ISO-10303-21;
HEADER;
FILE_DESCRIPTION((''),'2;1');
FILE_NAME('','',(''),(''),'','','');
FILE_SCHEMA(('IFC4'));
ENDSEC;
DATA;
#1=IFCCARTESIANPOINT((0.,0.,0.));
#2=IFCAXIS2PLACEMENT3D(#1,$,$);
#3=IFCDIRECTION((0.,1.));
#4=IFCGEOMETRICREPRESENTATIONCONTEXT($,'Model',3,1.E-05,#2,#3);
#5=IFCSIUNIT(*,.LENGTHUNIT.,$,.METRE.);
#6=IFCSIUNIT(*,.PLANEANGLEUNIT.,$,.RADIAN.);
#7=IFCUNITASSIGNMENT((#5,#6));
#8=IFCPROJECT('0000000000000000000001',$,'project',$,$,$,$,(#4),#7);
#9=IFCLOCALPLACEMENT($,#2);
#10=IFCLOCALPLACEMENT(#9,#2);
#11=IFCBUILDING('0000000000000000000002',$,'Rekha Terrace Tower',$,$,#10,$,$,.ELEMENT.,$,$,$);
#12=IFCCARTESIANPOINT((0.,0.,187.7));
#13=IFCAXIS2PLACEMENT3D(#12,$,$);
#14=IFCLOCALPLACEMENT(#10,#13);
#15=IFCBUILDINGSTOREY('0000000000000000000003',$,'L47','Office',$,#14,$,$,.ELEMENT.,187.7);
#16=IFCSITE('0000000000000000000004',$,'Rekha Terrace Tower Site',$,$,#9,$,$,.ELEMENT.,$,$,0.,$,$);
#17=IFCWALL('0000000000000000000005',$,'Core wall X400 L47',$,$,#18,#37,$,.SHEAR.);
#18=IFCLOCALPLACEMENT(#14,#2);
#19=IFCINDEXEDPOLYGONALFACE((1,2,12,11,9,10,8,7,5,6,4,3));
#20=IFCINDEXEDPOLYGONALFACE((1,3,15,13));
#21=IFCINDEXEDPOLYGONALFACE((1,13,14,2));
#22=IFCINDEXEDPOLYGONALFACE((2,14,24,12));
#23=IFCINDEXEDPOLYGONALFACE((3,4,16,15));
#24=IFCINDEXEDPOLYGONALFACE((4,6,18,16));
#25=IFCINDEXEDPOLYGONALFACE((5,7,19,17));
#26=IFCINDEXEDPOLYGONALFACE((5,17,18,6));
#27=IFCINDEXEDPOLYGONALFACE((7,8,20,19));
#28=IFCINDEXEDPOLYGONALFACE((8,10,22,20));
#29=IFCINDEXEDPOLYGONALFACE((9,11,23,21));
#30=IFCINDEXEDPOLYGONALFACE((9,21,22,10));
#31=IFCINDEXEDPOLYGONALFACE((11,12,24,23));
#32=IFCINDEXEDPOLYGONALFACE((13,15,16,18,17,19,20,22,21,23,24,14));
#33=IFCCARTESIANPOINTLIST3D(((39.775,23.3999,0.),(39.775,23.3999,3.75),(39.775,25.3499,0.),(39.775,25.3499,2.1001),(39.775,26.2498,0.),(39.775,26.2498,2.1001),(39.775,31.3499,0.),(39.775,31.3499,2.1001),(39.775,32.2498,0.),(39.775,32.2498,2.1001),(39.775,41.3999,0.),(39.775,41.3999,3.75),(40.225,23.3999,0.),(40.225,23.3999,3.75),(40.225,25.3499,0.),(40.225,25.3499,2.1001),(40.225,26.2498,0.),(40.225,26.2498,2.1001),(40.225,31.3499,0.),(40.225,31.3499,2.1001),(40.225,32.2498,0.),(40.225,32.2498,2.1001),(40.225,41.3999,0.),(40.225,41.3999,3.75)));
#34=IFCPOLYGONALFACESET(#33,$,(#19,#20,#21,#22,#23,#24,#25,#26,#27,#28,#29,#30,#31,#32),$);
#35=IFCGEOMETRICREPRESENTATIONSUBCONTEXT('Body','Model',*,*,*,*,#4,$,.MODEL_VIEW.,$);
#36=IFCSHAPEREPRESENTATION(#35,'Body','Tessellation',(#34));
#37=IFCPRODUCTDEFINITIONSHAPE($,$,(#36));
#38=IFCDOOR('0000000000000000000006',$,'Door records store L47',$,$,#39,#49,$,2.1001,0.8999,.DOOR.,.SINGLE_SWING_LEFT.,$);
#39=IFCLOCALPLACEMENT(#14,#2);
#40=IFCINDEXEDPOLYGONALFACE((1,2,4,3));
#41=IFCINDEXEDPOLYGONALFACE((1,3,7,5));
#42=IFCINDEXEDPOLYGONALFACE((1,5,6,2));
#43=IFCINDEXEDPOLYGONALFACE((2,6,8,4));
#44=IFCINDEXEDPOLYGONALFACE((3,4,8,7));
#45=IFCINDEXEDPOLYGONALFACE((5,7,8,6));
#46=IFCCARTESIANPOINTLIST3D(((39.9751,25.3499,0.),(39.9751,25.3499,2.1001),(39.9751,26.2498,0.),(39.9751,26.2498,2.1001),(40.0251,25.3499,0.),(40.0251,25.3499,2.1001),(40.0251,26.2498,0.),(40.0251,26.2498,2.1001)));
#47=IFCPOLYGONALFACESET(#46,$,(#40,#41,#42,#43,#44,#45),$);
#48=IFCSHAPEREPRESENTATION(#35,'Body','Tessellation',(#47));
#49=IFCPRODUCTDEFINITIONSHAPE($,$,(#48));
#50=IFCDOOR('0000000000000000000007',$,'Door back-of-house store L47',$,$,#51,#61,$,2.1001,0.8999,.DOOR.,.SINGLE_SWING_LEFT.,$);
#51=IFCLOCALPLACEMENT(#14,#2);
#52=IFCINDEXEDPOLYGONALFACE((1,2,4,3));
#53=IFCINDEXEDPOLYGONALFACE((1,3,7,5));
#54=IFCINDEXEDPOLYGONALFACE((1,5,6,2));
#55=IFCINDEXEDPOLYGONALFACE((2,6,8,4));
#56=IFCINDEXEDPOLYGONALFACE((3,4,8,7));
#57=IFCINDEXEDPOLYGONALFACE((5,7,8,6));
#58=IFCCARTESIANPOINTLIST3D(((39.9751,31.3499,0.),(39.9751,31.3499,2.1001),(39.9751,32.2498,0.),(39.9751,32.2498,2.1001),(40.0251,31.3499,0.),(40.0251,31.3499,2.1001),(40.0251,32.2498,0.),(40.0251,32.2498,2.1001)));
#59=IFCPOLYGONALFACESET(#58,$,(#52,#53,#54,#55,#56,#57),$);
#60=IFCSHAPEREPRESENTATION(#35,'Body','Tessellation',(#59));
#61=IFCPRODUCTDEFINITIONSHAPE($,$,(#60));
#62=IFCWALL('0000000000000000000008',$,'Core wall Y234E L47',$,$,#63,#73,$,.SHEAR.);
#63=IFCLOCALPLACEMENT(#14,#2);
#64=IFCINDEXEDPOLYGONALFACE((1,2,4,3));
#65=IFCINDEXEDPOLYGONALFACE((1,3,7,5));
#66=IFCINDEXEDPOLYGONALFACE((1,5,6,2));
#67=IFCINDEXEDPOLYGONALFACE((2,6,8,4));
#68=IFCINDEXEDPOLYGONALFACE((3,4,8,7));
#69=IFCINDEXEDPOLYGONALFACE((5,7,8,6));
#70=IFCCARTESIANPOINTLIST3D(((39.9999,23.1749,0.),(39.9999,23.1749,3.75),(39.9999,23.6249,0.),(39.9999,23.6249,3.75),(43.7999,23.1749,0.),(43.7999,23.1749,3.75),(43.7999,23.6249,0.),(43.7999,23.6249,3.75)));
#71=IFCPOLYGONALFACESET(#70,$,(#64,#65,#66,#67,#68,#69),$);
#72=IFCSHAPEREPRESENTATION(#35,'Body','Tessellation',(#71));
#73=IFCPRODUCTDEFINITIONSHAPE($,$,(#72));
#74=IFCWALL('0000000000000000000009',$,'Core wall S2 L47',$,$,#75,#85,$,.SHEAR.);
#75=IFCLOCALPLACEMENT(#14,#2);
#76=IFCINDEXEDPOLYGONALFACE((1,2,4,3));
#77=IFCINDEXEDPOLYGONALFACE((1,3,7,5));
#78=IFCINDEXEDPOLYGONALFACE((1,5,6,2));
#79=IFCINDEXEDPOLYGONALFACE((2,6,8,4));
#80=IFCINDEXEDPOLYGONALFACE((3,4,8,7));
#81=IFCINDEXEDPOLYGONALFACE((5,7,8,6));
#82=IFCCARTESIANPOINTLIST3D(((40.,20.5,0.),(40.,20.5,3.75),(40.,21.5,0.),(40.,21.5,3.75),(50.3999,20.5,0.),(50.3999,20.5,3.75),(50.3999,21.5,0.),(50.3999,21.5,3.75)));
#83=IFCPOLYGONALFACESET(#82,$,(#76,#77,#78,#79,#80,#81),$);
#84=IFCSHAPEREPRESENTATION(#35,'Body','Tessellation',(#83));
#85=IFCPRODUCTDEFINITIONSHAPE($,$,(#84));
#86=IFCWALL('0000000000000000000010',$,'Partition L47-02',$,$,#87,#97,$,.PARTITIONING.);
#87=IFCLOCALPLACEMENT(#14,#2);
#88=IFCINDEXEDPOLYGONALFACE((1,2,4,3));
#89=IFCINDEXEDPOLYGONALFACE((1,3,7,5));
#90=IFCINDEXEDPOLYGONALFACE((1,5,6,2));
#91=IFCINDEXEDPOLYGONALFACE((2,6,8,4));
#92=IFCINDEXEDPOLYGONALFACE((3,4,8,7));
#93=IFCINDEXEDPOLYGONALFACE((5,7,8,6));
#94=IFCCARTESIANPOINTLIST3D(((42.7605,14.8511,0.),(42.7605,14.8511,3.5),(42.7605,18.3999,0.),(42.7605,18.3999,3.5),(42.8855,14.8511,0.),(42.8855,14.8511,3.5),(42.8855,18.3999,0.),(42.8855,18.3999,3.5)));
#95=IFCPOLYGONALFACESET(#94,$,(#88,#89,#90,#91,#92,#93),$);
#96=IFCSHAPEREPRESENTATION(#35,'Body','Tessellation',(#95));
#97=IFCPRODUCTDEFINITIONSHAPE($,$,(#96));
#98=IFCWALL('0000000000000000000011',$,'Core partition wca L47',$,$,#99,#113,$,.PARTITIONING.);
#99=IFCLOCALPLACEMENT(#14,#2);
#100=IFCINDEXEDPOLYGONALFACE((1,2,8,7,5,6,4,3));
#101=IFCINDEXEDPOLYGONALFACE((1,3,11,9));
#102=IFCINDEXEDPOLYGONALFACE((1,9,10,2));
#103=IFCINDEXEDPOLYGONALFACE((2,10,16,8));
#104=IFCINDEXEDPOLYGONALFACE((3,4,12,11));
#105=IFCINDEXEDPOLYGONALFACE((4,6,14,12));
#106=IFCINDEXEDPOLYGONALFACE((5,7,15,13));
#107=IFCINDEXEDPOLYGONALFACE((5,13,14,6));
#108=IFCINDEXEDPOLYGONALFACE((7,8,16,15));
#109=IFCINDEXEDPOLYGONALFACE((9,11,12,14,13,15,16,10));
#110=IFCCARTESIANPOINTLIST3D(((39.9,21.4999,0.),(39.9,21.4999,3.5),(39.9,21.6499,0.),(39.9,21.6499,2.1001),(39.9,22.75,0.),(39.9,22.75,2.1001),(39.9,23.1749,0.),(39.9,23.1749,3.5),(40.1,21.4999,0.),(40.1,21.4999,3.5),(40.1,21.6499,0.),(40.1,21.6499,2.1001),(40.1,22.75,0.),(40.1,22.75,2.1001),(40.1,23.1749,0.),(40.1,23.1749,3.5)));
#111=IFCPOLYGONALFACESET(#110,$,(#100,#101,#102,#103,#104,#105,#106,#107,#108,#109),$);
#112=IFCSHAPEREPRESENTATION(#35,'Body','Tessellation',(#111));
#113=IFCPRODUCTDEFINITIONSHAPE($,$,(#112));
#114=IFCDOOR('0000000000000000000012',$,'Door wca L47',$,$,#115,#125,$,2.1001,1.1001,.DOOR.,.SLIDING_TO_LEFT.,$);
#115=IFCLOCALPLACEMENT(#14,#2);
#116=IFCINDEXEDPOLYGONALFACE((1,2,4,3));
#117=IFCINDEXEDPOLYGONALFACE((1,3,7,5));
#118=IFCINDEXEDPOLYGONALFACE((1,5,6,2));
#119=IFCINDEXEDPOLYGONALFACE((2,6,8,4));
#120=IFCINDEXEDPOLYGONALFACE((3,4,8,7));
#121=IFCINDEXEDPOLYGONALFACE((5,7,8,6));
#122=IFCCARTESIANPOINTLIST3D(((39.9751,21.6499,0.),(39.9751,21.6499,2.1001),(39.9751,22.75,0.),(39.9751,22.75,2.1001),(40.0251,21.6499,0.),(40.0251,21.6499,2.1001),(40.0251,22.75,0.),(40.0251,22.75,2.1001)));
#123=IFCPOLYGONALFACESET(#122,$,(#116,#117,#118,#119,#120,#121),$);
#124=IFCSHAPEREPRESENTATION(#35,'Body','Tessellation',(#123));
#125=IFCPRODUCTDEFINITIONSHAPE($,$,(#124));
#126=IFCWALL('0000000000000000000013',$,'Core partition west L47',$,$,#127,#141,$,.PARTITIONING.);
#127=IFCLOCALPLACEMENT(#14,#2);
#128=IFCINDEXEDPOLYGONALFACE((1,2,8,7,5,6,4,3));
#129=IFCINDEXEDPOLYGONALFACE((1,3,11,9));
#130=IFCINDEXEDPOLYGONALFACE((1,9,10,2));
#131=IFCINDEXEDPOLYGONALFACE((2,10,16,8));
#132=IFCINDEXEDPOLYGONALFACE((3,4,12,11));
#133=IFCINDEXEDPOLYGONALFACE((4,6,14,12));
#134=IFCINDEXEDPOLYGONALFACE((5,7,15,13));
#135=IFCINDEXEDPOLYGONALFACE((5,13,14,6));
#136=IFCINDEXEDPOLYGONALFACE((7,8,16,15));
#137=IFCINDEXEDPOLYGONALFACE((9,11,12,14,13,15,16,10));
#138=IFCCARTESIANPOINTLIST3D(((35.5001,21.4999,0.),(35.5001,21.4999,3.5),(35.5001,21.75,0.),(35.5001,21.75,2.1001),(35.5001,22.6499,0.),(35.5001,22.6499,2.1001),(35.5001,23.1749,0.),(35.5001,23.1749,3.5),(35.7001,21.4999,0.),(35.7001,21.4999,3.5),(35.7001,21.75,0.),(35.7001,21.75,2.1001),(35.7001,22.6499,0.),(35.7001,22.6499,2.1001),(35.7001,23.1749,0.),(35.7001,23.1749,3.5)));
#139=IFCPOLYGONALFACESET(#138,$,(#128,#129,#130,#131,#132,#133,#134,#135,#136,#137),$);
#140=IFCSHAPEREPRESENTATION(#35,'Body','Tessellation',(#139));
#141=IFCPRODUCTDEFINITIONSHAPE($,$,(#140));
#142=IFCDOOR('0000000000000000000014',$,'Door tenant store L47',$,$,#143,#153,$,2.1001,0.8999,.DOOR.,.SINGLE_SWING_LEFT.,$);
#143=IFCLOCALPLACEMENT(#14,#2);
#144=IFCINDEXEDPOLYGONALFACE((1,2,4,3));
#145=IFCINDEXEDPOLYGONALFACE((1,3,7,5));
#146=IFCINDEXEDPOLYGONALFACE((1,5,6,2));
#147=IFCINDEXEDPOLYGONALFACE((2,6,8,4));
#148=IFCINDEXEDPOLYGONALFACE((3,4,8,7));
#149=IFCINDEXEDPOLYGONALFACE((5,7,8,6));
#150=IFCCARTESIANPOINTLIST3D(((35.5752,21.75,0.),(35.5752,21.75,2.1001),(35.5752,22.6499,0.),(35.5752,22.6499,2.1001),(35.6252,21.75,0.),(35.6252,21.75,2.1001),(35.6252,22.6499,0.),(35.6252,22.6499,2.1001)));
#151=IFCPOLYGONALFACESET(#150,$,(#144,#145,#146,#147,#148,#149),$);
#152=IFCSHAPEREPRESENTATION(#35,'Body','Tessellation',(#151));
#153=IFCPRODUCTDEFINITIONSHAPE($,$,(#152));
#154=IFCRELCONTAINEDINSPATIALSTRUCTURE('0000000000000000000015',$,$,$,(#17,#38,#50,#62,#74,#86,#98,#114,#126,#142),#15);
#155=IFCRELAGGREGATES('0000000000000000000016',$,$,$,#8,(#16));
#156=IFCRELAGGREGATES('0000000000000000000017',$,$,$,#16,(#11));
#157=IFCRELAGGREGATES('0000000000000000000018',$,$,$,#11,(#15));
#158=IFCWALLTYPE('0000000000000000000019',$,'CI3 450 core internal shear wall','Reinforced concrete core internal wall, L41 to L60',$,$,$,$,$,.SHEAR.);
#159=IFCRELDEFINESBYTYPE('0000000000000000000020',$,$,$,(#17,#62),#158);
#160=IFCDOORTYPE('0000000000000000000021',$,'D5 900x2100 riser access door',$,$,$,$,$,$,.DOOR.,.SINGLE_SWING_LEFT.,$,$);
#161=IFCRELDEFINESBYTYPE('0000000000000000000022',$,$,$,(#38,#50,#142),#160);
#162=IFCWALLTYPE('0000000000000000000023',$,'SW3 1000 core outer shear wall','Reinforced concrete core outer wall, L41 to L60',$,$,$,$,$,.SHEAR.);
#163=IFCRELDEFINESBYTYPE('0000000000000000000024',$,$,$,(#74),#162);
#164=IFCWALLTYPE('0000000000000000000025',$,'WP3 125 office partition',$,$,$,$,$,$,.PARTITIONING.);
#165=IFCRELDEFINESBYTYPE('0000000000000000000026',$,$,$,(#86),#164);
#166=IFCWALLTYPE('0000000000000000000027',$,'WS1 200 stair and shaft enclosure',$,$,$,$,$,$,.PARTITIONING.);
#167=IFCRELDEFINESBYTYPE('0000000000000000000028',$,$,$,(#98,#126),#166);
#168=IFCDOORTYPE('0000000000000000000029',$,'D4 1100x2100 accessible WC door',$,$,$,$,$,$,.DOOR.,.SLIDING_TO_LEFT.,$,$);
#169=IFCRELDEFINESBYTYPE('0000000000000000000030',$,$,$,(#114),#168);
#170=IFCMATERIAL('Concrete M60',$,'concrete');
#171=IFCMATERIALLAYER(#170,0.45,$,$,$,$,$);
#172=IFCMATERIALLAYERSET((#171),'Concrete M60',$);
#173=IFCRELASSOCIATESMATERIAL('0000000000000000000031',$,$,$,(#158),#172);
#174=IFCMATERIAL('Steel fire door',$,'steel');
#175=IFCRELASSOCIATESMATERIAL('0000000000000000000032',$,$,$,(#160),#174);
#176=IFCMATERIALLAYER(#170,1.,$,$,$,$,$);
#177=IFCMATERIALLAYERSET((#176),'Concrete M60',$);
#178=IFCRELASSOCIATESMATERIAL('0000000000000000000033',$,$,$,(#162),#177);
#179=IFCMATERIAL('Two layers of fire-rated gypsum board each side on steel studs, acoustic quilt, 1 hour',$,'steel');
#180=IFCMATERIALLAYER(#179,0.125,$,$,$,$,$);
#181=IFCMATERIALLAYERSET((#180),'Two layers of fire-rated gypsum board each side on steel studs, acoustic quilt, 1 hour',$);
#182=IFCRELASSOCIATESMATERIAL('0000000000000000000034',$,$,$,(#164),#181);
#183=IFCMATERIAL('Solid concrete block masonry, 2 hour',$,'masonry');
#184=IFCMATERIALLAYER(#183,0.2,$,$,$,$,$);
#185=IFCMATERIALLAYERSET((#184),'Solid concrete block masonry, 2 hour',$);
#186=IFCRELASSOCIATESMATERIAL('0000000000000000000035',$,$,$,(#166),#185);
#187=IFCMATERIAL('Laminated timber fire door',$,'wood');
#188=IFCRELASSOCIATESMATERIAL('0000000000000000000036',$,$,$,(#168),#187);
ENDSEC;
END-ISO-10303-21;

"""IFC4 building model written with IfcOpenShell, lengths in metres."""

from ifc_helpers import new_model, si_unit, direction, frame, frame_2d, origin, place, context, subcontext, project, spatial, rectangle, extrude, material, layer, layer_set, type_object, element, fill, save


model = new_model("IFC4")

# Units and contexts
model_context = context("Model", 3, precision=1e-05, world=origin(), true_north=direction((0.0, 1.0)))
body_context = subcontext(model_context, "Body", "Model", "MODEL_VIEW")
ifc_project = project(units=[si_unit("LENGTHUNIT", "METRE"), si_unit("PLANEANGLEUNIT", "RADIAN")], contexts=[model_context])

# Site, building, storey
site_placement = place(None, origin())
site = spatial("IfcSite", under=ifc_project, at=site_placement, Name="Rekha Terrace Tower Site", CompositionType="ELEMENT", RefElevation=0.0)
building_placement = place(site_placement, origin())
building = spatial("IfcBuilding", under=site, at=building_placement, Name="Rekha Terrace Tower", CompositionType="ELEMENT")
storey_placement = place(building_placement, frame((0.0, 0.0, 187.7)))
storey = spatial("IfcBuildingStorey", under=building, at=storey_placement, Name="L47", Description="Office", CompositionType="ELEMENT", Elevation=187.7)

# Shared definitions
ifc_material_1 = material(Name="Concrete M60", Category="concrete")

# Wall, openings, doors
ifc_layer_1 = layer(ifc_material_1, 0.45)
ifc_layer_set_1 = layer_set([ifc_layer_1], Name="Concrete M60")
wall_type_1 = type_object("IfcWallType", Name="CI3 450 core internal shear wall", Description="Reinforced concrete core internal wall, L41 to L60", PredefinedType="SHEAR", material=ifc_layer_set_1)
wall_1_placement = place(storey_placement, frame((40.0, 23.3999, 0.0), z_axis=(0.0, 0.0, 1.0), x_axis=(0.0, 1.0, 0.0)))
wall_1 = element("IfcWall", 1, at=wall_1_placement, inside=storey, type_object=wall_type_1, Name="Core wall X400 L47", PredefinedType="SHEAR", context=body_context, shape_type="SweptSolid", body=[
    extrude(rectangle(XDim=18.0, YDim=0.45, at=frame_2d((9.0, 0.0))), origin(), (0.0, 0.0, 1.0), 3.75),
])
opening_1_placement = place(wall_1_placement, frame((1.95, 0.0, 0.0)))
opening_1 = element("IfcOpeningElement", 2, at=opening_1_placement, cuts=wall_1, PredefinedType="OPENING", context=body_context, shape_type="SweptSolid", body=[
    extrude(rectangle(XDim=0.8999, YDim=2.1001, at=frame_2d((0.45, 1.05))), frame((0.0, 0.2349, 0.0), z_axis=(0.0, -1.0, 0.0), x_axis=(1.0, 0.0, 0.0)), (0.0, 0.0, 1.0), 0.47),
])
opening_2_placement = place(wall_1_placement, frame((7.95, 0.0, 0.0)))
opening_2 = element("IfcOpeningElement", 3, at=opening_2_placement, cuts=wall_1, PredefinedType="OPENING", context=body_context, shape_type="SweptSolid", body=[
    extrude(rectangle(XDim=0.8999, YDim=2.1001, at=frame_2d((0.45, 1.05))), frame((0.0, 0.2349, 0.0), z_axis=(0.0, -1.0, 0.0), x_axis=(1.0, 0.0, 0.0)), (0.0, 0.0, 1.0), 0.47),
])
ifc_material_2 = material(Name="Steel fire door", Category="steel")
door_type_1 = type_object("IfcDoorType", Name="D5 900x2100 riser access door", OperationType="SINGLE_SWING_LEFT", PredefinedType="DOOR", material=ifc_material_2)
door_1_placement = place(opening_1_placement, origin())
door_1 = element("IfcDoor", 4, at=door_1_placement, inside=storey, type_object=door_type_1, Name="Door records store L47", OperationType="SINGLE_SWING_LEFT", OverallHeight=2.1001, OverallWidth=0.8999, PredefinedType="DOOR", context=body_context, shape_type="SweptSolid", body=[
    extrude(rectangle(XDim=0.8999, YDim=2.1001, at=frame_2d((0.45, 1.05))), frame((0.0, 0.0249, 0.0), z_axis=(0.0, -1.0, 0.0), x_axis=(1.0, 0.0, 0.0)), (0.0, 0.0, 1.0), 0.05),
])
fill(opening_1, door_1)
door_2_placement = place(opening_2_placement, origin())
door_2 = element("IfcDoor", 5, at=door_2_placement, inside=storey, type_object=door_type_1, Name="Door back-of-house store L47", OperationType="SINGLE_SWING_LEFT", OverallHeight=2.1001, OverallWidth=0.8999, PredefinedType="DOOR", context=body_context, shape_type="SweptSolid", body=[
    extrude(rectangle(XDim=0.8999, YDim=2.1001, at=frame_2d((0.45, 1.05))), frame((0.0, 0.0249, 0.0), z_axis=(0.0, -1.0, 0.0), x_axis=(1.0, 0.0, 0.0)), (0.0, 0.0, 1.0), 0.05),
])
fill(opening_2, door_2)

# Walls
wall_2_placement = place(storey_placement, frame((40.0, 23.3999, 0.0), z_axis=(0.0, 0.0, 1.0), x_axis=(1.0, 0.0, 0.0)))
element("IfcWall", 6, at=wall_2_placement, inside=storey, type_object=wall_type_1, Name="Core wall Y234E L47", PredefinedType="SHEAR", context=body_context, shape_type="SweptSolid", body=[
    extrude(rectangle(XDim=3.8, YDim=0.45, at=frame_2d((1.8999, 0.0))), origin(), (0.0, 0.0, 1.0), 3.75),
])
ifc_layer_2 = layer(ifc_material_1, 1.0)
ifc_layer_set_2 = layer_set([ifc_layer_2], Name="Concrete M60")
wall_type_2 = type_object("IfcWallType", Name="SW3 1000 core outer shear wall", Description="Reinforced concrete core outer wall, L41 to L60", PredefinedType="SHEAR", material=ifc_layer_set_2)
wall_3_placement = place(storey_placement, frame((40.0, 21.0, 0.0), z_axis=(0.0, 0.0, 1.0), x_axis=(1.0, 0.0, 0.0)))
element("IfcWall", 7, at=wall_3_placement, inside=storey, type_object=wall_type_2, Name="Core wall S2 L47", PredefinedType="SHEAR", context=body_context, shape_type="SweptSolid", body=[
    extrude(rectangle(XDim=10.3999, YDim=1.0, at=frame_2d((5.2, 0.0))), origin(), (0.0, 0.0, 1.0), 3.75),
])
ifc_material_3 = material(Name="Two layers of fire-rated gypsum board each side on steel studs, acoustic quilt, 1 hour", Category="steel")
ifc_layer_3 = layer(ifc_material_3, 0.125)
ifc_layer_set_3 = layer_set([ifc_layer_3], Name="Two layers of fire-rated gypsum board each side on steel studs, acoustic quilt, 1 hour")
wall_type_3 = type_object("IfcWallType", Name="WP3 125 office partition", PredefinedType="PARTITIONING", material=ifc_layer_set_3)
wall_4_placement = place(storey_placement, frame((42.823, 18.3999, 0.0), z_axis=(0.0, 0.0, 1.0), x_axis=(0.0, -1.0, 0.0)))
element("IfcWall", 8, at=wall_4_placement, inside=storey, type_object=wall_type_3, Name="Partition L47-02", PredefinedType="PARTITIONING", context=body_context, shape_type="SweptSolid", body=[
    extrude(rectangle(XDim=3.5488, YDim=0.125, at=frame_2d((1.7744, 0.0))), origin(), (0.0, 0.0, 1.0), 3.5),
])

# Walls, openings, doors
ifc_material_4 = material(Name="Solid concrete block masonry, 2 hour", Category="masonry")
ifc_layer_4 = layer(ifc_material_4, 0.2)
ifc_layer_set_4 = layer_set([ifc_layer_4], Name="Solid concrete block masonry, 2 hour")
wall_type_4 = type_object("IfcWallType", Name="WS1 200 stair and shaft enclosure", PredefinedType="PARTITIONING", material=ifc_layer_set_4)
wall_5_placement = place(storey_placement, frame((40.0, 21.5, 0.0), z_axis=(0.0, 0.0, 1.0), x_axis=(0.0, 1.0, 0.0)))
wall_5 = element("IfcWall", 9, at=wall_5_placement, inside=storey, type_object=wall_type_4, Name="Core partition wca L47", PredefinedType="PARTITIONING", context=body_context, shape_type="SweptSolid", body=[
    extrude(rectangle(XDim=1.675, YDim=0.2, at=frame_2d((0.8374, 0.0))), origin(), (0.0, 0.0, 1.0), 3.5),
])
opening_3_placement = place(wall_5_placement, frame((0.1499, 0.0, 0.0)))
opening_3 = element("IfcOpeningElement", 10, at=opening_3_placement, cuts=wall_5, PredefinedType="OPENING", context=body_context, shape_type="SweptSolid", body=[
    extrude(rectangle(XDim=1.1001, YDim=2.1001, at=frame_2d((0.55, 1.05))), frame((0.0, 0.1099, 0.0), z_axis=(0.0, -1.0, 0.0), x_axis=(1.0, 0.0, 0.0)), (0.0, 0.0, 1.0), 0.22),
])
ifc_material_5 = material(Name="Laminated timber fire door", Category="wood")
door_type_2 = type_object("IfcDoorType", Name="D4 1100x2100 accessible WC door", OperationType="SLIDING_TO_LEFT", PredefinedType="DOOR", material=ifc_material_5)
door_3_placement = place(opening_3_placement, origin())
door_3 = element("IfcDoor", 11, at=door_3_placement, inside=storey, type_object=door_type_2, Name="Door wca L47", OperationType="SLIDING_TO_LEFT", OverallHeight=2.1001, OverallWidth=1.1001, PredefinedType="DOOR", context=body_context, shape_type="SweptSolid", body=[
    extrude(rectangle(XDim=1.1001, YDim=2.1001, at=frame_2d((0.55, 1.05))), frame((0.0, 0.0249, 0.0), z_axis=(0.0, -1.0, 0.0), x_axis=(1.0, 0.0, 0.0)), (0.0, 0.0, 1.0), 0.05),
])
fill(opening_3, door_3)
wall_6_placement = place(storey_placement, frame((35.6001, 21.5, 0.0), z_axis=(0.0, 0.0, 1.0), x_axis=(0.0, 1.0, 0.0)))
wall_6 = element("IfcWall", 12, at=wall_6_placement, inside=storey, type_object=wall_type_4, Name="Core partition west L47", PredefinedType="PARTITIONING", context=body_context, shape_type="SweptSolid", body=[
    extrude(rectangle(XDim=1.675, YDim=0.2, at=frame_2d((0.8374, 0.0))), origin(), (0.0, 0.0, 1.0), 3.5),
])
opening_4_placement = place(wall_6_placement, frame((0.25, 0.0, 0.0)))
opening_4 = element("IfcOpeningElement", 13, at=opening_4_placement, cuts=wall_6, PredefinedType="OPENING", context=body_context, shape_type="SweptSolid", body=[
    extrude(rectangle(XDim=0.8999, YDim=2.1001, at=frame_2d((0.45, 1.05))), frame((0.0, 0.1099, 0.0), z_axis=(0.0, -1.0, 0.0), x_axis=(1.0, 0.0, 0.0)), (0.0, 0.0, 1.0), 0.22),
])
door_4_placement = place(opening_4_placement, origin())
door_4 = element("IfcDoor", 14, at=door_4_placement, inside=storey, type_object=door_type_1, Name="Door tenant store L47", OperationType="SINGLE_SWING_LEFT", OverallHeight=2.1001, OverallWidth=0.8999, PredefinedType="DOOR", context=body_context, shape_type="SweptSolid", body=[
    extrude(rectangle(XDim=0.8999, YDim=2.1001, at=frame_2d((0.45, 1.05))), frame((0.0, 0.0249, 0.0), z_axis=(0.0, -1.0, 0.0), x_axis=(1.0, 0.0, 0.0)), (0.0, 0.0, 1.0), 0.05),
])
fill(opening_4, door_4)

save(model, "model.ifc")
